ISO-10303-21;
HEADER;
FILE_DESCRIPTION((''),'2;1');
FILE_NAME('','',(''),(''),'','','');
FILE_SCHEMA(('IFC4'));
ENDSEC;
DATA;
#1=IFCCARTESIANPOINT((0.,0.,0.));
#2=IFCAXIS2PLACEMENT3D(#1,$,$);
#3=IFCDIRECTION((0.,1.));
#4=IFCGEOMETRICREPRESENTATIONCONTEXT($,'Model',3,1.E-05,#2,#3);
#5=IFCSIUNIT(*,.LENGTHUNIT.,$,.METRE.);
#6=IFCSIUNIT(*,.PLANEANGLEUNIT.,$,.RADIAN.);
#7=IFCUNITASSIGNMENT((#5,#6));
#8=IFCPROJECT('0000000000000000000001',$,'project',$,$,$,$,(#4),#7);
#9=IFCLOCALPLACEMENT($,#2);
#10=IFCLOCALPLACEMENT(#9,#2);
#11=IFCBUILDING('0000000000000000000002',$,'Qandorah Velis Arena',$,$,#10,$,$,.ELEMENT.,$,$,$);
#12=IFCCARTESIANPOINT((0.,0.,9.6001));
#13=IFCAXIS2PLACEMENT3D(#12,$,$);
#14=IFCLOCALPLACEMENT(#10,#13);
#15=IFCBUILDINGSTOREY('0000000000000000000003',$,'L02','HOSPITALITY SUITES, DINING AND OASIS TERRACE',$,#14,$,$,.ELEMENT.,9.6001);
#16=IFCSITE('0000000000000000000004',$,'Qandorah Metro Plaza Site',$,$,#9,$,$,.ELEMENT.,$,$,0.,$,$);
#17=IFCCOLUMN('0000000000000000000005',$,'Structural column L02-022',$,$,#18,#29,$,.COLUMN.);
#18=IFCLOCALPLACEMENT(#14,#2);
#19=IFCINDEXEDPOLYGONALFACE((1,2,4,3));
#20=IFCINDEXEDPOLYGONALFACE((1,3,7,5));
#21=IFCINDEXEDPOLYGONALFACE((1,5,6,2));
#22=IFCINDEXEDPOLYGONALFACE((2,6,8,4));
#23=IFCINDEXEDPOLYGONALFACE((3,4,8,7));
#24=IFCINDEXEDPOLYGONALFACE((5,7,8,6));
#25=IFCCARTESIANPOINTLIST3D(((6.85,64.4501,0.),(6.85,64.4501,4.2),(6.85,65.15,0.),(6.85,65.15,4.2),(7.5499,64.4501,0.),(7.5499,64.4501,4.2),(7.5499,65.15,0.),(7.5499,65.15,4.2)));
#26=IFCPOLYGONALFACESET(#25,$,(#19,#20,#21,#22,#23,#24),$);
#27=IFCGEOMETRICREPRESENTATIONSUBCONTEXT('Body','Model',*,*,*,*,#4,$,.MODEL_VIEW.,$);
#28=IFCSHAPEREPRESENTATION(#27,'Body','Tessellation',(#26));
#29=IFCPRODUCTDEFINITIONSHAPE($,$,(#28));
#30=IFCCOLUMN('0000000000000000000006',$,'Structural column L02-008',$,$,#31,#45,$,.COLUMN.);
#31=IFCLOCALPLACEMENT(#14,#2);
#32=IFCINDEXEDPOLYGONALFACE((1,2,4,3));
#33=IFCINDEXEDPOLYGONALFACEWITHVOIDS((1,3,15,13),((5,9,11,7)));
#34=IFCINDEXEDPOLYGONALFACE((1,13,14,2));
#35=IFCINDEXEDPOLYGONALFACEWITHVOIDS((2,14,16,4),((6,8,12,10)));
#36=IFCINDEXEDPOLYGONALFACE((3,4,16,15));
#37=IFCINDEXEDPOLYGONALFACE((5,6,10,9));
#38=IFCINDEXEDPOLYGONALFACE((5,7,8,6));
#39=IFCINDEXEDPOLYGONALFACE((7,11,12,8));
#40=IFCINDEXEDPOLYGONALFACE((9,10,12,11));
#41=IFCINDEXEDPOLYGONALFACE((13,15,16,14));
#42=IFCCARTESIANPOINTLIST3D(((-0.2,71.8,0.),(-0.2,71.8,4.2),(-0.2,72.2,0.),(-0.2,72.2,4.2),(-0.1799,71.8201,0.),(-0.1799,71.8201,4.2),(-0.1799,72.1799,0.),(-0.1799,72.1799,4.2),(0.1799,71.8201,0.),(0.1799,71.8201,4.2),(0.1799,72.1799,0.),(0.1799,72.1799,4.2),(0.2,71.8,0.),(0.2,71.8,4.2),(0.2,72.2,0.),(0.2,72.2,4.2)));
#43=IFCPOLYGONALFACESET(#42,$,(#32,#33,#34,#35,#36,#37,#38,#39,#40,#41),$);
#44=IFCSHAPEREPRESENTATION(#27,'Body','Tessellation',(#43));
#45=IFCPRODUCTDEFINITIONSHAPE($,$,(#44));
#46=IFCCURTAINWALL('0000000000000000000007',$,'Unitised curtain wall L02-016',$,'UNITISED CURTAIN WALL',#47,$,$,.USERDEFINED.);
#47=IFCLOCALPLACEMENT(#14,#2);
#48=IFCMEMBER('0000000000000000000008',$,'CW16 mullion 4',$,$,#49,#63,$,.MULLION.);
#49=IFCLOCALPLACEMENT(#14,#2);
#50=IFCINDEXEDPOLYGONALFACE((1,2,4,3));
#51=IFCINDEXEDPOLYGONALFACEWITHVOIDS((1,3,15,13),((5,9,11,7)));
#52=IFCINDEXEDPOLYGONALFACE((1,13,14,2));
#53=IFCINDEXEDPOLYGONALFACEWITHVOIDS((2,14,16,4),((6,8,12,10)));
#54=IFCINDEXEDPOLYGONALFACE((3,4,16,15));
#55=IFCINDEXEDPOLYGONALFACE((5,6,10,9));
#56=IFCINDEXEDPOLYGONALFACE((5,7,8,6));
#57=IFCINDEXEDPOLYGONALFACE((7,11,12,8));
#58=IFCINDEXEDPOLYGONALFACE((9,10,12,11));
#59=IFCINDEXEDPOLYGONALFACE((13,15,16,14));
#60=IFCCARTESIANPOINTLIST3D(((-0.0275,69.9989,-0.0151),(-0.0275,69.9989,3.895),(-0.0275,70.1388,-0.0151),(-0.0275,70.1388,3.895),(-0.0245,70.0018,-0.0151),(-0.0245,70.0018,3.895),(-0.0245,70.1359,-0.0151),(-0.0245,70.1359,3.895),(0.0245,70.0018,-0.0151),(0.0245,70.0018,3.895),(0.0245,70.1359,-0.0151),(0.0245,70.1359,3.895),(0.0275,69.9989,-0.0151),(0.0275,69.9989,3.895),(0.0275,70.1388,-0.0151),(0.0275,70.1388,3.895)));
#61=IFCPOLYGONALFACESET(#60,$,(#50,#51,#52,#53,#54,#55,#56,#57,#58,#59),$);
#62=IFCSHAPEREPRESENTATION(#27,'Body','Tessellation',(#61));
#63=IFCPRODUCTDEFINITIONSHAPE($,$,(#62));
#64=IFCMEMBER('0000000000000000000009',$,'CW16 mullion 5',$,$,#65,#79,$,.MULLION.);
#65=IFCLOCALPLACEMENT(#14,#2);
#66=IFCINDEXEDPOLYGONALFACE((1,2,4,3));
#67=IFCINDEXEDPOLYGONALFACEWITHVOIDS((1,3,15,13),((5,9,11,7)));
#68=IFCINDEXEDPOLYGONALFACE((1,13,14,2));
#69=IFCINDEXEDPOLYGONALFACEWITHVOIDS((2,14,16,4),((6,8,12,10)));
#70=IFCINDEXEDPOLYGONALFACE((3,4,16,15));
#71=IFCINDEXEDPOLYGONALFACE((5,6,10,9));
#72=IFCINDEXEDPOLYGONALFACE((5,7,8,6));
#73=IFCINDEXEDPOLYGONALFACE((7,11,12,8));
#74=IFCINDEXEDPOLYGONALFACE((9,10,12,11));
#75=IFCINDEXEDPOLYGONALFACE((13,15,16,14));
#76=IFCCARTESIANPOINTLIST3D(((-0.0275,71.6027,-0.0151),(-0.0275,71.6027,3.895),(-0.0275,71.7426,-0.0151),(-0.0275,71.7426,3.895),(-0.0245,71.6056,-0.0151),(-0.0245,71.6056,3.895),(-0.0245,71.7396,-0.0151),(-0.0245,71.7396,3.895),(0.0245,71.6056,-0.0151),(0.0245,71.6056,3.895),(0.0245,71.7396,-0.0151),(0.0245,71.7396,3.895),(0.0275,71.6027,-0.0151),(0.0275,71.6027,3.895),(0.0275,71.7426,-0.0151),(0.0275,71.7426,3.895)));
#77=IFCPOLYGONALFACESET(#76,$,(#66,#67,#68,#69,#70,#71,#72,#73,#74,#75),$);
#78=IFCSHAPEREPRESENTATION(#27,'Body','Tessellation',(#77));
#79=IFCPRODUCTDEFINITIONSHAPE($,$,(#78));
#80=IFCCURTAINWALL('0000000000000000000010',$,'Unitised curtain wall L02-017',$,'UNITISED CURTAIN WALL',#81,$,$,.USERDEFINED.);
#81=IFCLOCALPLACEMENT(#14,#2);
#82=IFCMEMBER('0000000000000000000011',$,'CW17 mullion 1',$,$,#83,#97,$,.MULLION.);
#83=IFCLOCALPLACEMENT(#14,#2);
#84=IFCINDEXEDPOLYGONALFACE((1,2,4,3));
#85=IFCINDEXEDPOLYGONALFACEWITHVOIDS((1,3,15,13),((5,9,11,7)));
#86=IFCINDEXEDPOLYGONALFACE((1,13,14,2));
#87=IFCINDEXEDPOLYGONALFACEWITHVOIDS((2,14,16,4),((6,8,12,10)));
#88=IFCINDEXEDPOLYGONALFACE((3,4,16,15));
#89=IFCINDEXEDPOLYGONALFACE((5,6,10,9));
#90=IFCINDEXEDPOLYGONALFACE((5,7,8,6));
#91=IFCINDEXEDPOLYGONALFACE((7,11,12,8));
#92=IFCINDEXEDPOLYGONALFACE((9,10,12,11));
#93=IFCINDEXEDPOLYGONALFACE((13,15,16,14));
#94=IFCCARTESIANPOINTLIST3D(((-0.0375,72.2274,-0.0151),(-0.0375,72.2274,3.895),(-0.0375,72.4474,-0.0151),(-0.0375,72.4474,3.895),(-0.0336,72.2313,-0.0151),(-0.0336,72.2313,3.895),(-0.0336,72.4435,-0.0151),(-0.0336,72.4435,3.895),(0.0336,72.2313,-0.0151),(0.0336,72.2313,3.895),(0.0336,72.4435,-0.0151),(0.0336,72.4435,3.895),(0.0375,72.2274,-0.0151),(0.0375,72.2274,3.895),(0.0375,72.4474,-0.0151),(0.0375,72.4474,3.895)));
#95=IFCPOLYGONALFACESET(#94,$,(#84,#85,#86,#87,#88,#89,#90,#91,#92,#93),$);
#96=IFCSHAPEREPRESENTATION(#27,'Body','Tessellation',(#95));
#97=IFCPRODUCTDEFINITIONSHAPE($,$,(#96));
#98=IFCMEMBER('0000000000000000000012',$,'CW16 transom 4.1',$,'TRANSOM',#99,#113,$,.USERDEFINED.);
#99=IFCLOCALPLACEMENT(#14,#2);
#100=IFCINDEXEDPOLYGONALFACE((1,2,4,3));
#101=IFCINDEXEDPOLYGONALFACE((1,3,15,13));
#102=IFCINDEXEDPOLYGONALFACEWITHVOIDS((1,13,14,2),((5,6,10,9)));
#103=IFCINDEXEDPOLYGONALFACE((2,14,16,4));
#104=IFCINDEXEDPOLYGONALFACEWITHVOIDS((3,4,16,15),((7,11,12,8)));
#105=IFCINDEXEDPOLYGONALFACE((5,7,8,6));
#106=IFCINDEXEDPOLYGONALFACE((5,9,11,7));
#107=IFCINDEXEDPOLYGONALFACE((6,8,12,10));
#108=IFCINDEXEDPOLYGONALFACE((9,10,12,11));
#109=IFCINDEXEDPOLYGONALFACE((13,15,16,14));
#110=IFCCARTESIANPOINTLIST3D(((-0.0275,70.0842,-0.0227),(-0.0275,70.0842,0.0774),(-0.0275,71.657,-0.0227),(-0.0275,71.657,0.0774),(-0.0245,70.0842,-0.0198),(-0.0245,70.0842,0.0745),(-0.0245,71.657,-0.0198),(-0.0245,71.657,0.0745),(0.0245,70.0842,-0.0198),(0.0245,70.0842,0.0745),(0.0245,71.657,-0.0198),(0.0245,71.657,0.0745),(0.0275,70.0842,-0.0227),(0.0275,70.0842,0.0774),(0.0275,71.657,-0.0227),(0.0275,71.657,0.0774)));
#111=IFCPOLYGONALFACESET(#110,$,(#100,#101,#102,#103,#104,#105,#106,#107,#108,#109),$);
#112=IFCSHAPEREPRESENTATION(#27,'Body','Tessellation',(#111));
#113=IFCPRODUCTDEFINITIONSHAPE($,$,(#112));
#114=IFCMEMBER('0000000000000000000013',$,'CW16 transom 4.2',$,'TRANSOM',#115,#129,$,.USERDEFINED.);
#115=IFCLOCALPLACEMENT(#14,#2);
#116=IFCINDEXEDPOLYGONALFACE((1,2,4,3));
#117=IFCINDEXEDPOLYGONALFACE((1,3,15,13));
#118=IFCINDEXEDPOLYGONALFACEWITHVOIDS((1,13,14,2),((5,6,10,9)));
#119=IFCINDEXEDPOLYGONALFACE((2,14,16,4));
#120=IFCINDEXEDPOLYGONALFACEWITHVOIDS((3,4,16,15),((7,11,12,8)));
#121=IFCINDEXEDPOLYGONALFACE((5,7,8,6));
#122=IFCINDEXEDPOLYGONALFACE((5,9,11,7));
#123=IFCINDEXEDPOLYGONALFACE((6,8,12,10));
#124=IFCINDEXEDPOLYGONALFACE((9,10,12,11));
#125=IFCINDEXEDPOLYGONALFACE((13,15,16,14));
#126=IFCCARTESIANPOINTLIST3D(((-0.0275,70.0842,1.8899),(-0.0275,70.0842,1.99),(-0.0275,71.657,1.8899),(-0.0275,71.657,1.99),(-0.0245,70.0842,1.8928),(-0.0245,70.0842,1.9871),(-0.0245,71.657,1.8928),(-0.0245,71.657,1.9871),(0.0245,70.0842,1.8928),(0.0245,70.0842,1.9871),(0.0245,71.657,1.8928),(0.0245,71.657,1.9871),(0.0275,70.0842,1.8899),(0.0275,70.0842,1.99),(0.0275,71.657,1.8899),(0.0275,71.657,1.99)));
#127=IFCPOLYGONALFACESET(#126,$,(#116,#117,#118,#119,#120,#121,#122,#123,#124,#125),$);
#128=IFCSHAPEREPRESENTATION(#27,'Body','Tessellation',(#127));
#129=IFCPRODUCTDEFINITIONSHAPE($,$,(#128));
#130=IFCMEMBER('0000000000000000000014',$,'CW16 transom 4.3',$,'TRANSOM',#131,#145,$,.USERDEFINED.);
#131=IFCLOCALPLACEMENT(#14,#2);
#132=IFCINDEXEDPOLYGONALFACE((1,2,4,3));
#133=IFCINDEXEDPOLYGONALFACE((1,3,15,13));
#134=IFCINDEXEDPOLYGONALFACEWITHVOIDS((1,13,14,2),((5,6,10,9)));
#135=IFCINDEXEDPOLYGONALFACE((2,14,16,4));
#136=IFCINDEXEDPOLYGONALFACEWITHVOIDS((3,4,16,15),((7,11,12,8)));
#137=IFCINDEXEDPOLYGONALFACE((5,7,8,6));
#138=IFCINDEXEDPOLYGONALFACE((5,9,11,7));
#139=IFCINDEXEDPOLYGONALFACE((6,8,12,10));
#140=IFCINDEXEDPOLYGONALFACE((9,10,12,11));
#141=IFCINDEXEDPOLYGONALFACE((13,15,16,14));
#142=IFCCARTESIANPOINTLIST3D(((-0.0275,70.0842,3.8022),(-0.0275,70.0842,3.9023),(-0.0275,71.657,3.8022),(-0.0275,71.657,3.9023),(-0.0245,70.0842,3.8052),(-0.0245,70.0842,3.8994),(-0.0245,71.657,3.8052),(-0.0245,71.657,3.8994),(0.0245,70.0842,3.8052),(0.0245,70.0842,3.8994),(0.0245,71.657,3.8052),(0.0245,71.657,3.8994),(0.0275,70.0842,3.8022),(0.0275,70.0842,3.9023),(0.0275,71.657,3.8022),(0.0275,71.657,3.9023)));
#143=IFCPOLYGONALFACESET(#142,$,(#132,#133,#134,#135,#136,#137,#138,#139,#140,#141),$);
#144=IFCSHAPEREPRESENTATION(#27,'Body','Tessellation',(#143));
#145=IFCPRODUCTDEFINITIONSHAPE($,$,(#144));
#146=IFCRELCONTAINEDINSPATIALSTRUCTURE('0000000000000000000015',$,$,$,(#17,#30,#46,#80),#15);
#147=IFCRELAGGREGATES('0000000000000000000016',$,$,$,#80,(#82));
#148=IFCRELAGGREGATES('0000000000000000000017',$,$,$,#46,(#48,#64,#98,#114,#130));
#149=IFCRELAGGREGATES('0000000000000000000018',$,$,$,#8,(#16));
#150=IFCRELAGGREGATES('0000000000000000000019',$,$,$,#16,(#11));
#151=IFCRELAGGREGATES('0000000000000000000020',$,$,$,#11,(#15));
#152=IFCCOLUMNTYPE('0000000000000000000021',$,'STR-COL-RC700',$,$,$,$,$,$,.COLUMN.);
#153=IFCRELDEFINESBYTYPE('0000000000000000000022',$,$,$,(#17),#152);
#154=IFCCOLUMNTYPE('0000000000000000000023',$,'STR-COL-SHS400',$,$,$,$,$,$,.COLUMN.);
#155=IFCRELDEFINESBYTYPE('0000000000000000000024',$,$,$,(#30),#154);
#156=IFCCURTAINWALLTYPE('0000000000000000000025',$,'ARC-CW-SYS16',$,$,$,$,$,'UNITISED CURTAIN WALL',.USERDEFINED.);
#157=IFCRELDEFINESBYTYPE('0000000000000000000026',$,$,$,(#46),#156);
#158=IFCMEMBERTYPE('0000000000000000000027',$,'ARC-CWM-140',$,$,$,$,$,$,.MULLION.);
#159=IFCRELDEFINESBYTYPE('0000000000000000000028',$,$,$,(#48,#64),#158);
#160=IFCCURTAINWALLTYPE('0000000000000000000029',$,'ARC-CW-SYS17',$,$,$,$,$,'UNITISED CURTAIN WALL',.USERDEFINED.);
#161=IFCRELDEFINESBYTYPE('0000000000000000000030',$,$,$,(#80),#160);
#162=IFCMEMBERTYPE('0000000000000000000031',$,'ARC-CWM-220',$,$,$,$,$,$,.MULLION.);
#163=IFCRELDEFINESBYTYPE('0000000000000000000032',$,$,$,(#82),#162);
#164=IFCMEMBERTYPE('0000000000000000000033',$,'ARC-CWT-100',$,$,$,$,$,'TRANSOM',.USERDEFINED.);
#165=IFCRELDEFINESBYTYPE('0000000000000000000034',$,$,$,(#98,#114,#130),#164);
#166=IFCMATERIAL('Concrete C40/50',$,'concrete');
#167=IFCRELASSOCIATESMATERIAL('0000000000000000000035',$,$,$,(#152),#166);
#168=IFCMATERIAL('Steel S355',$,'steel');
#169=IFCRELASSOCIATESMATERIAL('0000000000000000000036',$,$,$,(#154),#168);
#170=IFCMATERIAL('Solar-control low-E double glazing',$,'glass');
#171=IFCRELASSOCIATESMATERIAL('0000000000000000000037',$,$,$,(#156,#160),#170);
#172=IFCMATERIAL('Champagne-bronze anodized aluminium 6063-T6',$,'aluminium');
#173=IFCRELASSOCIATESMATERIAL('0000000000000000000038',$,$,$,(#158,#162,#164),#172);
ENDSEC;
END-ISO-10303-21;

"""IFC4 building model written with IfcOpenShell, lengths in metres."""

from ifc_helpers import new_model, si_unit, direction, frame, origin, origin_2d, place, context, subcontext, project, spatial, rectangle, hollow_rectangle, extrude, material, material_profile, profile_set, type_object, element, aggregate, save


model = new_model("IFC4")

# Units and contexts
model_context = context("Model", 3, precision=1e-05, world=origin(), true_north=direction((0.0, 1.0)))
body_context = subcontext(model_context, "Body", "Model", "MODEL_VIEW")
ifc_project = project(units=[si_unit("LENGTHUNIT", "METRE"), si_unit("PLANEANGLEUNIT", "RADIAN")], contexts=[model_context])

# Site, building, storey
site_placement = place(None, origin())
site = spatial("IfcSite", under=ifc_project, at=site_placement, Name="Qandorah Metro Plaza Site", CompositionType="ELEMENT", RefElevation=0.0)
building_placement = place(site_placement, origin())
building = spatial("IfcBuilding", under=site, at=building_placement, Name="Qandorah Velis Arena", CompositionType="ELEMENT")
storey_placement = place(building_placement, frame((0.0, 0.0, 9.6001)))
storey = spatial("IfcBuildingStorey", under=building, at=storey_placement, Name="L02", Description="HOSPITALITY SUITES, DINING AND OASIS TERRACE", CompositionType="ELEMENT", Elevation=9.6001)

# Columns
ifc_material_1 = material(Name="Concrete C40/50", Category="concrete")
ifc_material_profile_1 = material_profile(ifc_material_1, rectangle(XDim=0.7, YDim=0.7, at=origin_2d()), Name="RC COL 700x700")
ifc_profile_set_1 = profile_set([ifc_material_profile_1], Name="Concrete C40/50")
column_type_1 = type_object("IfcColumnType", Name="STR-COL-RC700", PredefinedType="COLUMN", material=ifc_profile_set_1)
column_1_placement = place(storey_placement, frame((7.2, 64.8, 0.0), z_axis=(0.0, 0.0, 1.0), x_axis=(1.0, 0.0, 0.0)))
element("IfcColumn", 1, at=column_1_placement, inside=storey, type_object=column_type_1, Name="Structural column L02-022", PredefinedType="COLUMN", context=body_context, shape_type="SweptSolid", body=[
    extrude(rectangle(XDim=0.7, YDim=0.7, at=origin_2d()), origin(), (0.0, 0.0, 1.0), 4.2),
])
ifc_material_2 = material(Name="Steel S355", Category="steel")
ifc_material_profile_2 = material_profile(ifc_material_2, hollow_rectangle(XDim=0.3999, YDim=0.3999, WallThickness=0.02, at=origin_2d()), Name="SHS 400x400x20")
ifc_profile_set_2 = profile_set([ifc_material_profile_2], Name="Steel S355")
column_type_2 = type_object("IfcColumnType", Name="STR-COL-SHS400", PredefinedType="COLUMN", material=ifc_profile_set_2)
column_2_placement = place(storey_placement, frame((0.0, 72.0, 0.0), z_axis=(0.0, 0.0, 1.0), x_axis=(1.0, 0.0, 0.0)))
element("IfcColumn", 2, at=column_2_placement, inside=storey, type_object=column_type_2, Name="Structural column L02-008", PredefinedType="COLUMN", context=body_context, shape_type="SweptSolid", body=[
    extrude(hollow_rectangle(XDim=0.3999, YDim=0.3999, WallThickness=0.02, at=origin_2d()), origin(), (0.0, 0.0, 1.0), 4.2),
])

# Curtain wall, members
ifc_material_3 = material(Name="Solar-control low-E double glazing", Category="glass")
curtain_wall_type_1 = type_object("IfcCurtainWallType", Name="ARC-CW-SYS16", ElementType="UNITISED CURTAIN WALL", PredefinedType="USERDEFINED", material=ifc_material_3)
curtain_wall_1_placement = place(storey_placement, origin())
curtain_wall_1 = element("IfcCurtainWall", 3, at=curtain_wall_1_placement, inside=storey, type_object=curtain_wall_type_1, Name="Unitised curtain wall L02-016", ObjectType="UNITISED CURTAIN WALL", PredefinedType="USERDEFINED")
ifc_material_4 = material(Name="Champagne-bronze anodized aluminium 6063-T6", Category="aluminium")
ifc_material_profile_3 = material_profile(ifc_material_4, hollow_rectangle(XDim=0.0549, YDim=0.1399, WallThickness=0.0029, at=origin_2d()), Name="ALU MULLION 55x140")
ifc_profile_set_3 = profile_set([ifc_material_profile_3], Name="Champagne-bronze anodized aluminium 6063-T6")
member_type_1 = type_object("IfcMemberType", Name="ARC-CWM-140", PredefinedType="MULLION", material=ifc_profile_set_3)
member_1_placement = place(storey_placement, frame((0.0, 70.0688, -0.0151), z_axis=(0.0, 0.0, 1.0), x_axis=(-1.0, 0.0, 0.0)))
member_1 = element("IfcMember", 4, at=member_1_placement, type_object=member_type_1, Name="CW16 mullion 4", PredefinedType="MULLION", context=body_context, shape_type="SweptSolid", body=[
    extrude(hollow_rectangle(XDim=0.0549, YDim=0.1399, WallThickness=0.0029, at=origin_2d()), origin(), (0.0, 0.0, 1.0), 3.9102),
])
member_2_placement = place(storey_placement, frame((0.0, 71.6726, -0.0151), z_axis=(0.0, 0.0, 1.0), x_axis=(-1.0, 0.0, 0.0)))
member_2 = element("IfcMember", 5, at=member_2_placement, type_object=member_type_1, Name="CW16 mullion 5", PredefinedType="MULLION", context=body_context, shape_type="SweptSolid", body=[
    extrude(hollow_rectangle(XDim=0.0549, YDim=0.1399, WallThickness=0.0029, at=origin_2d()), origin(), (0.0, 0.0, 1.0), 3.9102),
])

# Curtain wall, member
curtain_wall_type_2 = type_object("IfcCurtainWallType", Name="ARC-CW-SYS17", ElementType="UNITISED CURTAIN WALL", PredefinedType="USERDEFINED", material=ifc_material_3)
curtain_wall_2_placement = place(storey_placement, origin())
curtain_wall_2 = element("IfcCurtainWall", 6, at=curtain_wall_2_placement, inside=storey, type_object=curtain_wall_type_2, Name="Unitised curtain wall L02-017", ObjectType="UNITISED CURTAIN WALL", PredefinedType="USERDEFINED")
ifc_material_profile_4 = material_profile(ifc_material_4, hollow_rectangle(XDim=0.075, YDim=0.22, WallThickness=0.0039, at=origin_2d()), Name="ALU MULLION 75x220")
ifc_profile_set_4 = profile_set([ifc_material_profile_4], Name="Champagne-bronze anodized aluminium 6063-T6")
member_type_2 = type_object("IfcMemberType", Name="ARC-CWM-220", PredefinedType="MULLION", material=ifc_profile_set_4)
member_3_placement = place(storey_placement, frame((0.0, 72.3374, -0.0151), z_axis=(0.0, 0.0, 1.0), x_axis=(-1.0, 0.0, 0.0)))
member_3 = element("IfcMember", 7, at=member_3_placement, type_object=member_type_2, Name="CW17 mullion 1", PredefinedType="MULLION", context=body_context, shape_type="SweptSolid", body=[
    extrude(hollow_rectangle(XDim=0.075, YDim=0.22, WallThickness=0.0039, at=origin_2d()), origin(), (0.0, 0.0, 1.0), 3.9102),
])
aggregate(curtain_wall_2, [member_3])

# Members
ifc_material_profile_5 = material_profile(ifc_material_4, hollow_rectangle(XDim=0.0549, YDim=0.1001, WallThickness=0.0029, at=origin_2d()), Name="ALU TRANSOM 55x100")
ifc_profile_set_5 = profile_set([ifc_material_profile_5], Name="Champagne-bronze anodized aluminium 6063-T6")
member_type_3 = type_object("IfcMemberType", Name="ARC-CWT-100", ElementType="TRANSOM", PredefinedType="USERDEFINED", material=ifc_profile_set_5)
member_4_placement = place(storey_placement, frame((0.0, 70.0842, 0.0273), z_axis=(0.0, 1.0, 0.0), x_axis=(-1.0, 0.0, 0.0)))
member_4 = element("IfcMember", 8, at=member_4_placement, type_object=member_type_3, Name="CW16 transom 4.1", ObjectType="TRANSOM", PredefinedType="USERDEFINED", context=body_context, shape_type="SweptSolid", body=[
    extrude(hollow_rectangle(XDim=0.0549, YDim=0.1001, WallThickness=0.0029, at=origin_2d()), origin(), (0.0, 0.0, 1.0), 1.5728),
])
member_5_placement = place(storey_placement, frame((0.0, 70.0842, 1.9399), z_axis=(0.0, 1.0, 0.0), x_axis=(-1.0, 0.0, 0.0)))
member_5 = element("IfcMember", 9, at=member_5_placement, type_object=member_type_3, Name="CW16 transom 4.2", ObjectType="TRANSOM", PredefinedType="USERDEFINED", context=body_context, shape_type="SweptSolid", body=[
    extrude(hollow_rectangle(XDim=0.0549, YDim=0.1001, WallThickness=0.0029, at=origin_2d()), origin(), (0.0, 0.0, 1.0), 1.5728),
])
member_6_placement = place(storey_placement, frame((0.0, 70.0842, 3.8523), z_axis=(0.0, 1.0, 0.0), x_axis=(-1.0, 0.0, 0.0)))
member_6 = element("IfcMember", 10, at=member_6_placement, type_object=member_type_3, Name="CW16 transom 4.3", ObjectType="TRANSOM", PredefinedType="USERDEFINED", context=body_context, shape_type="SweptSolid", body=[
    extrude(hollow_rectangle(XDim=0.0549, YDim=0.1001, WallThickness=0.0029, at=origin_2d()), origin(), (0.0, 0.0, 1.0), 1.5728),
])

aggregate(curtain_wall_1, [member_1, member_2, member_4, member_5, member_6])

save(model, "model.ifc")
